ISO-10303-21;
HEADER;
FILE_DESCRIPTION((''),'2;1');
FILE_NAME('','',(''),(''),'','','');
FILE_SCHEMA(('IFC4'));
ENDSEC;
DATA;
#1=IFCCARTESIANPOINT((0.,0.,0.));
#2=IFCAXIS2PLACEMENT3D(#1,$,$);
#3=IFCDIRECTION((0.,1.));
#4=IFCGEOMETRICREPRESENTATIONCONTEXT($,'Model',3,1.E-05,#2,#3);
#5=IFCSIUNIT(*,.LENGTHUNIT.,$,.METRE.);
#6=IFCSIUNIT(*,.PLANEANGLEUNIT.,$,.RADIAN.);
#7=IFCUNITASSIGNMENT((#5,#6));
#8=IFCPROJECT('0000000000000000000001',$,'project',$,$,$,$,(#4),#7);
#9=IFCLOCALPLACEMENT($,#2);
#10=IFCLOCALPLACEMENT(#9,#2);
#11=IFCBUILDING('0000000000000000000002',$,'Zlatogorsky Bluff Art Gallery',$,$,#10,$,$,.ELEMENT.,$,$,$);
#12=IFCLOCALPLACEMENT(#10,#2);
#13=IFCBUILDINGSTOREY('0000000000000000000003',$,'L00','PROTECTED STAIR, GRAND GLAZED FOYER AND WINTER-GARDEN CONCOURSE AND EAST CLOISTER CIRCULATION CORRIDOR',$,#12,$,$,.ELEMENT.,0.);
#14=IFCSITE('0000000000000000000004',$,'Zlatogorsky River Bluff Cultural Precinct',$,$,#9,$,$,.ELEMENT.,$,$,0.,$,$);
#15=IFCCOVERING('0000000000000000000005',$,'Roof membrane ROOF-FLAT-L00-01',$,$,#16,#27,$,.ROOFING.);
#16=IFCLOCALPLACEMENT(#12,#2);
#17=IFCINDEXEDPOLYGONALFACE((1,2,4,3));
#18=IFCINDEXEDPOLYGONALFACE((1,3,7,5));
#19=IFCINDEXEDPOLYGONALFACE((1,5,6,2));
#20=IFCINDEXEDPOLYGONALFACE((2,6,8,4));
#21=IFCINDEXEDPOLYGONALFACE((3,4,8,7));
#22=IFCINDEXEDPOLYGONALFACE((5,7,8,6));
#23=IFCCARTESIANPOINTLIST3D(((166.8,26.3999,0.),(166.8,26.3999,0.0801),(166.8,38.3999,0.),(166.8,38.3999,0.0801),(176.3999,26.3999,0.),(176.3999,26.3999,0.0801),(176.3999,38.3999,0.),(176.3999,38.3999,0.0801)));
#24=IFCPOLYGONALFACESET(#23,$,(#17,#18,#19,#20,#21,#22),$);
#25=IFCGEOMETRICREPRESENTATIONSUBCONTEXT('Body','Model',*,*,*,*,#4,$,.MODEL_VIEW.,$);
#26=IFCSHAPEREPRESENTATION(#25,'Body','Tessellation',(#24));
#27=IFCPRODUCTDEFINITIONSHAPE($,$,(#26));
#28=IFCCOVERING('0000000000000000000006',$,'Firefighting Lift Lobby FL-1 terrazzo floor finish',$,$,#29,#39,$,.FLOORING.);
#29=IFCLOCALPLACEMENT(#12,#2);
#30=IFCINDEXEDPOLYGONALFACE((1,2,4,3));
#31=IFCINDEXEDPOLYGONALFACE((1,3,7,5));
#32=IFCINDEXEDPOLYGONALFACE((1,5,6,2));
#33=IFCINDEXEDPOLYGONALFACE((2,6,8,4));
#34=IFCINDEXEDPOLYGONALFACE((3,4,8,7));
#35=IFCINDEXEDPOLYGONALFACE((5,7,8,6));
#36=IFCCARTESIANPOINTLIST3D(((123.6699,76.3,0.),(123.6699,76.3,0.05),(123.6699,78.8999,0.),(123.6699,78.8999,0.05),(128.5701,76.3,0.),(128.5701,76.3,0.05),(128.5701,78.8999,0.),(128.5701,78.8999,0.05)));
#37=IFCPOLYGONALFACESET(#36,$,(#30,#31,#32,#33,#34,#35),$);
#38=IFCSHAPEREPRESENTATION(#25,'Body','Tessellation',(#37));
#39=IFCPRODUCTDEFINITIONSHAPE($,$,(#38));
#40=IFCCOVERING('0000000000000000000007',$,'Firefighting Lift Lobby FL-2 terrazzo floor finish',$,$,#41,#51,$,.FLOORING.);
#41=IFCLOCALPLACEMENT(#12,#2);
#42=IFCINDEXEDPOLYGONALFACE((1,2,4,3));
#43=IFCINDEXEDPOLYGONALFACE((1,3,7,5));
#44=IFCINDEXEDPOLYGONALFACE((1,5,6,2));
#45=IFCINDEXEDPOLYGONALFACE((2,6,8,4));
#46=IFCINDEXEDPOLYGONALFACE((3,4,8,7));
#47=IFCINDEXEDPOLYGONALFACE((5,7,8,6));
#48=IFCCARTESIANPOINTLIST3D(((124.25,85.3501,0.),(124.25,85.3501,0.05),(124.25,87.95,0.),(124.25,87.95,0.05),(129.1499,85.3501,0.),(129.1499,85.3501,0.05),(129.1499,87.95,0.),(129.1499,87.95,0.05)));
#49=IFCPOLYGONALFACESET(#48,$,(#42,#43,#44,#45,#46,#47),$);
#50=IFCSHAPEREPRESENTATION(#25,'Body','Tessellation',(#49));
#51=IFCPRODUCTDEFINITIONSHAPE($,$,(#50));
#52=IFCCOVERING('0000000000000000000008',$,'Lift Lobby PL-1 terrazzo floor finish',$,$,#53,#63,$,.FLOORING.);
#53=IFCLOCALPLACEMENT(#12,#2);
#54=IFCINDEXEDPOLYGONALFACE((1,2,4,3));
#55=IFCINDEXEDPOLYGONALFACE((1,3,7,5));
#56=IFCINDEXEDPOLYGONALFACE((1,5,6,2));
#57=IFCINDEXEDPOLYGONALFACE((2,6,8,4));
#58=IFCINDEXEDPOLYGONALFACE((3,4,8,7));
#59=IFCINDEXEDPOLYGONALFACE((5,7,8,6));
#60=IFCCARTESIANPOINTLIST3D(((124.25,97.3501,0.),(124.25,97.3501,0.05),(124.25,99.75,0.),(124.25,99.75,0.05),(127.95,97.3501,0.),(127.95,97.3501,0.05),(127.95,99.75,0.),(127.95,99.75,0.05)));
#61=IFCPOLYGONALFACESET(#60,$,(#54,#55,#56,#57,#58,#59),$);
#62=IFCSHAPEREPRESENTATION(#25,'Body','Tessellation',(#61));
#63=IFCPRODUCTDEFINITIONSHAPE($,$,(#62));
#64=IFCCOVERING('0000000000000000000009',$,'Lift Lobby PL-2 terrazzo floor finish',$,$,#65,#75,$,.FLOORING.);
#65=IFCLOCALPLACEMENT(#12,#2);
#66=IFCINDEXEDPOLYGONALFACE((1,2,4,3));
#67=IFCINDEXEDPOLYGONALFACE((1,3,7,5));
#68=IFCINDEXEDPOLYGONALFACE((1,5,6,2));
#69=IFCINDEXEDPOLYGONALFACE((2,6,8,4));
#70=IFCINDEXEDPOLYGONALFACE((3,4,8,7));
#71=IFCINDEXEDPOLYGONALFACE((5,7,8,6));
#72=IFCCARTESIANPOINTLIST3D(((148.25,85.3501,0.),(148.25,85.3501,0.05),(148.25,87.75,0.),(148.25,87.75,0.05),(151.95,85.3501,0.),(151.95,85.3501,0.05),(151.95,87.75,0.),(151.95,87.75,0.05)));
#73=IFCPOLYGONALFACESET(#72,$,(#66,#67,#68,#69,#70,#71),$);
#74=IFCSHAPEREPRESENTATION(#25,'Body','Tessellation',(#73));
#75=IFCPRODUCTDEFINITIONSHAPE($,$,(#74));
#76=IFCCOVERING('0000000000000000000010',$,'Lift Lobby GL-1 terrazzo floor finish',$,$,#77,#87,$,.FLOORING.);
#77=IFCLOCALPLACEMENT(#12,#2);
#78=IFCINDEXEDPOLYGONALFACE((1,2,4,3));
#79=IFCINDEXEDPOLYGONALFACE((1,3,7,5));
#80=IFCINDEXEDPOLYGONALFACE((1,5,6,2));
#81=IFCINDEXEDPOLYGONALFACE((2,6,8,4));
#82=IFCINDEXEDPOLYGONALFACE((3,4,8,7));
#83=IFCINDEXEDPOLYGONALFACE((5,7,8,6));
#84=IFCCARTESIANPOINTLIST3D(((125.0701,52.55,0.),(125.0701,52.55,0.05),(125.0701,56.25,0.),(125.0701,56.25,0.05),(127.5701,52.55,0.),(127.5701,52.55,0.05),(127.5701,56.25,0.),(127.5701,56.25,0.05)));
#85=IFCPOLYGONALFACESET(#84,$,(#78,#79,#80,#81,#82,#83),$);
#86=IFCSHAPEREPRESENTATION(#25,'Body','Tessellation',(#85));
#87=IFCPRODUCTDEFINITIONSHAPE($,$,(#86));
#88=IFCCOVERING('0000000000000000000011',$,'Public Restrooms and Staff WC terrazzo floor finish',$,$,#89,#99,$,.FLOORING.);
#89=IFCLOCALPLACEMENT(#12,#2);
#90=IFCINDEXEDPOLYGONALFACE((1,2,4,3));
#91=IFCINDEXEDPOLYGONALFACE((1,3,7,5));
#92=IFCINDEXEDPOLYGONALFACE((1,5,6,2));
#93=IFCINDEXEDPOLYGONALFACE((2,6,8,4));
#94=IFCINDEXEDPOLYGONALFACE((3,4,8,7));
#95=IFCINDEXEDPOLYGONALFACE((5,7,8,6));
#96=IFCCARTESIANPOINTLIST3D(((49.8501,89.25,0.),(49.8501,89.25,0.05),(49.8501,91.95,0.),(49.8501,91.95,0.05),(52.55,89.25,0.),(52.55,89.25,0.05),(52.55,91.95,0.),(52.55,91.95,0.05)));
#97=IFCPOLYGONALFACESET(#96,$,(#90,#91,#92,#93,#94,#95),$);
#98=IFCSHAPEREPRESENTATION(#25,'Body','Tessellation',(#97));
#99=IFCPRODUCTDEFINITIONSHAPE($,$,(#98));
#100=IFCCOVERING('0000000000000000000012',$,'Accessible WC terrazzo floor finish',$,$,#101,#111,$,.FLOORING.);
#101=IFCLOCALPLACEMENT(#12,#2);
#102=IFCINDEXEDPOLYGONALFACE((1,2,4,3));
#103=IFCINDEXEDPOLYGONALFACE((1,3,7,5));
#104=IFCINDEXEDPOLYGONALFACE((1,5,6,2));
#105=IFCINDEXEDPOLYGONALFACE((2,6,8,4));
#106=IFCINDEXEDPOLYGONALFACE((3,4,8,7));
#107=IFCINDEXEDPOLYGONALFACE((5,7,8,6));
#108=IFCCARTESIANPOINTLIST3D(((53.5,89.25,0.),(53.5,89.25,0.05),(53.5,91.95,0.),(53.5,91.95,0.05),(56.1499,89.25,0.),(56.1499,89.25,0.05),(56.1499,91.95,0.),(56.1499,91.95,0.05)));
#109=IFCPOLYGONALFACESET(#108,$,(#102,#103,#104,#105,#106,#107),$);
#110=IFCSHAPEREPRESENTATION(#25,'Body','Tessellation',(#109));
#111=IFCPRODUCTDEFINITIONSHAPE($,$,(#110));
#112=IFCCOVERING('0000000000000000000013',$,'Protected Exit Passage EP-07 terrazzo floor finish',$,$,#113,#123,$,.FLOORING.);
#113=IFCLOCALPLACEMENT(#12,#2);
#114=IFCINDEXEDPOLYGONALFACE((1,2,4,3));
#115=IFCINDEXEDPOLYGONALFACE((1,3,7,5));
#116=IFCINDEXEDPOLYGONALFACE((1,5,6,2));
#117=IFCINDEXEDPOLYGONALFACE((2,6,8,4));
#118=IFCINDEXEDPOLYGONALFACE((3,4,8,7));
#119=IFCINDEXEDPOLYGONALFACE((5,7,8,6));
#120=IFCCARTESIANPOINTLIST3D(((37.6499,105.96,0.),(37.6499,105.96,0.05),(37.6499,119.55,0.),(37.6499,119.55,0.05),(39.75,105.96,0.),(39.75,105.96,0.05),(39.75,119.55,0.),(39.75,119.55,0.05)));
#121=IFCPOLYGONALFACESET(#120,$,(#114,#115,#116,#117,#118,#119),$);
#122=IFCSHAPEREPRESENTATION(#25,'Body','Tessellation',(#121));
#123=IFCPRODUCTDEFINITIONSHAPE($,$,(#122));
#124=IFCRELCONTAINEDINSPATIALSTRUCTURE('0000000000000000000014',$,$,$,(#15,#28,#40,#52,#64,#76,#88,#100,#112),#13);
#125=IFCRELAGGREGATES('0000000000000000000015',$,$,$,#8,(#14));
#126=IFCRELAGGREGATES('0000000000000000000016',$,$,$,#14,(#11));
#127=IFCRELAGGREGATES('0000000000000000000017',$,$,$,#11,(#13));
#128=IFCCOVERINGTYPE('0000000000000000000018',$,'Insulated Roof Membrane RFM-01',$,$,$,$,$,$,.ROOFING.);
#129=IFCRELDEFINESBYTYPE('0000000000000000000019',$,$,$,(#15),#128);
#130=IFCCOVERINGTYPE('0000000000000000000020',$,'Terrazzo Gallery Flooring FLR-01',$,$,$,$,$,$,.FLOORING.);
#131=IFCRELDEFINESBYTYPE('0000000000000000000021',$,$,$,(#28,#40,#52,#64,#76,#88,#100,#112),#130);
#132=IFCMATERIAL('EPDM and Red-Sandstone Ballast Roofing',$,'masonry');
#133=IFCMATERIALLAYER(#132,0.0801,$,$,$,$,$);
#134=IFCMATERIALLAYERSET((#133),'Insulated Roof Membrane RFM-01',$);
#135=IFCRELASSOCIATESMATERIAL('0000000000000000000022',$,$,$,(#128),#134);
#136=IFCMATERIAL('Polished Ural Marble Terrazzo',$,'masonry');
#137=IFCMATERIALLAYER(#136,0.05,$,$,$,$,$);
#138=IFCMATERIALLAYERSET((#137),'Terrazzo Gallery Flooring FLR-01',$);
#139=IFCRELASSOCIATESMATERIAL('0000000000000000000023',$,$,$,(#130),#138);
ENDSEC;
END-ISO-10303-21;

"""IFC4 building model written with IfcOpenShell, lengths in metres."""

from ifc_helpers import new_model, si_unit, direction, origin, place, context, subcontext, project, spatial, polyline, outline, extrude, material, layer, layer_set, type_object, element, save


model = new_model("IFC4")

# Units and contexts
model_context = context("Model", 3, precision=1e-05, world=origin(), true_north=direction((0.0, 1.0)))
body_context = subcontext(model_context, "Body", "Model", "MODEL_VIEW")
ifc_project = project(units=[si_unit("LENGTHUNIT", "METRE"), si_unit("PLANEANGLEUNIT", "RADIAN")], contexts=[model_context])

# Site, building, storey
site_placement = place(None, origin())
site = spatial("IfcSite", under=ifc_project, at=site_placement, Name="Zlatogorsky River Bluff Cultural Precinct", CompositionType="ELEMENT", RefElevation=0.0)
building_placement = place(site_placement, origin())
building = spatial("IfcBuilding", under=site, at=building_placement, Name="Zlatogorsky Bluff Art Gallery", CompositionType="ELEMENT")
storey_placement = place(building_placement, origin())
storey = spatial("IfcBuildingStorey", under=building, at=storey_placement, Name="L00", Description="PROTECTED STAIR, GRAND GLAZED FOYER AND WINTER-GARDEN CONCOURSE AND EAST CLOISTER CIRCULATION CORRIDOR", CompositionType="ELEMENT", Elevation=0.0)

# Coverings
ifc_material_1 = material(Name="EPDM and Red-Sandstone Ballast Roofing", Category="masonry")
ifc_layer_1 = layer(ifc_material_1, 0.0801)
ifc_layer_set_1 = layer_set([ifc_layer_1], Name="Insulated Roof Membrane RFM-01")
covering_type_1 = type_object("IfcCoveringType", Name="Insulated Roof Membrane RFM-01", PredefinedType="ROOFING", material=ifc_layer_set_1)
covering_1_placement = place(storey_placement, origin())
element("IfcCovering", 1, at=covering_1_placement, inside=storey, type_object=covering_type_1, Name="Roof membrane ROOF-FLAT-L00-01", PredefinedType="ROOFING", context=body_context, shape_type="SweptSolid", body=[
    extrude(outline(polyline([(176.3999, 26.3999), (176.3999, 38.3999), (166.8, 38.3999), (166.8, 26.3999), (176.3999, 26.3999)])), origin(), (0.0, 0.0, 1.0), 0.0801),
])
ifc_material_2 = material(Name="Polished Ural Marble Terrazzo", Category="masonry")
ifc_layer_2 = layer(ifc_material_2, 0.05)
ifc_layer_set_2 = layer_set([ifc_layer_2], Name="Terrazzo Gallery Flooring FLR-01")
covering_type_2 = type_object("IfcCoveringType", Name="Terrazzo Gallery Flooring FLR-01", PredefinedType="FLOORING", material=ifc_layer_set_2)
covering_2_placement = place(storey_placement, origin())
element("IfcCovering", 2, at=covering_2_placement, inside=storey, type_object=covering_type_2, Name="Firefighting Lift Lobby FL-1 terrazzo floor finish", PredefinedType="FLOORING", context=body_context, shape_type="SweptSolid", body=[
    extrude(outline(polyline([(128.5701, 78.8999), (128.5701, 76.3), (123.6699, 76.3), (123.6699, 78.8999), (128.5701, 78.8999)])), origin(), (0.0, 0.0, 1.0), 0.05),
])
covering_3_placement = place(storey_placement, origin())
element("IfcCovering", 3, at=covering_3_placement, inside=storey, type_object=covering_type_2, Name="Firefighting Lift Lobby FL-2 terrazzo floor finish", PredefinedType="FLOORING", context=body_context, shape_type="SweptSolid", body=[
    extrude(outline(polyline([(129.1499, 87.95), (129.1499, 85.3501), (124.25, 85.3501), (124.25, 87.95), (129.1499, 87.95)])), origin(), (0.0, 0.0, 1.0), 0.05),
])
covering_4_placement = place(storey_placement, origin())
element("IfcCovering", 4, at=covering_4_placement, inside=storey, type_object=covering_type_2, Name="Lift Lobby PL-1 terrazzo floor finish", PredefinedType="FLOORING", context=body_context, shape_type="SweptSolid", body=[
    extrude(outline(polyline([(127.95, 99.75), (127.95, 97.3501), (124.25, 97.3501), (124.25, 99.75), (127.95, 99.75)])), origin(), (0.0, 0.0, 1.0), 0.05),
])
covering_5_placement = place(storey_placement, origin())
element("IfcCovering", 5, at=covering_5_placement, inside=storey, type_object=covering_type_2, Name="Lift Lobby PL-2 terrazzo floor finish", PredefinedType="FLOORING", context=body_context, shape_type="SweptSolid", body=[
    extrude(outline(polyline([(151.95, 87.75), (151.95, 85.3501), (148.25, 85.3501), (148.25, 87.75), (151.95, 87.75)])), origin(), (0.0, 0.0, 1.0), 0.05),
])
covering_6_placement = place(storey_placement, origin())
element("IfcCovering", 6, at=covering_6_placement, inside=storey, type_object=covering_type_2, Name="Lift Lobby GL-1 terrazzo floor finish", PredefinedType="FLOORING", context=body_context, shape_type="SweptSolid", body=[
    extrude(outline(polyline([(125.0701, 52.55), (125.0701, 56.25), (127.5701, 56.25), (127.5701, 52.55), (125.0701, 52.55)])), origin(), (0.0, 0.0, 1.0), 0.05),
])
covering_7_placement = place(storey_placement, origin())
element("IfcCovering", 7, at=covering_7_placement, inside=storey, type_object=covering_type_2, Name="Public Restrooms and Staff WC terrazzo floor finish", PredefinedType="FLOORING", context=body_context, shape_type="SweptSolid", body=[
    extrude(outline(polyline([(52.55, 91.95), (52.55, 89.25), (49.8501, 89.25), (49.8501, 91.95), (52.55, 91.95)])), origin(), (0.0, 0.0, 1.0), 0.05),
])
covering_8_placement = place(storey_placement, origin())
element("IfcCovering", 8, at=covering_8_placement, inside=storey, type_object=covering_type_2, Name="Accessible WC terrazzo floor finish", PredefinedType="FLOORING", context=body_context, shape_type="SweptSolid", body=[
    extrude(outline(polyline([(56.1499, 89.25), (53.5, 89.25), (53.5, 91.95), (56.1499, 91.95), (56.1499, 89.25)])), origin(), (0.0, 0.0, 1.0), 0.05),
])
covering_9_placement = place(storey_placement, origin())
element("IfcCovering", 9, at=covering_9_placement, inside=storey, type_object=covering_type_2, Name="Protected Exit Passage EP-07 terrazzo floor finish", PredefinedType="FLOORING", context=body_context, shape_type="SweptSolid", body=[
    extrude(outline(polyline([(39.75, 119.55), (39.75, 105.96), (37.6499, 105.96), (37.6499, 119.55), (39.75, 119.55)])), origin(), (0.0, 0.0, 1.0), 0.05),
])

save(model, "model.ifc")
